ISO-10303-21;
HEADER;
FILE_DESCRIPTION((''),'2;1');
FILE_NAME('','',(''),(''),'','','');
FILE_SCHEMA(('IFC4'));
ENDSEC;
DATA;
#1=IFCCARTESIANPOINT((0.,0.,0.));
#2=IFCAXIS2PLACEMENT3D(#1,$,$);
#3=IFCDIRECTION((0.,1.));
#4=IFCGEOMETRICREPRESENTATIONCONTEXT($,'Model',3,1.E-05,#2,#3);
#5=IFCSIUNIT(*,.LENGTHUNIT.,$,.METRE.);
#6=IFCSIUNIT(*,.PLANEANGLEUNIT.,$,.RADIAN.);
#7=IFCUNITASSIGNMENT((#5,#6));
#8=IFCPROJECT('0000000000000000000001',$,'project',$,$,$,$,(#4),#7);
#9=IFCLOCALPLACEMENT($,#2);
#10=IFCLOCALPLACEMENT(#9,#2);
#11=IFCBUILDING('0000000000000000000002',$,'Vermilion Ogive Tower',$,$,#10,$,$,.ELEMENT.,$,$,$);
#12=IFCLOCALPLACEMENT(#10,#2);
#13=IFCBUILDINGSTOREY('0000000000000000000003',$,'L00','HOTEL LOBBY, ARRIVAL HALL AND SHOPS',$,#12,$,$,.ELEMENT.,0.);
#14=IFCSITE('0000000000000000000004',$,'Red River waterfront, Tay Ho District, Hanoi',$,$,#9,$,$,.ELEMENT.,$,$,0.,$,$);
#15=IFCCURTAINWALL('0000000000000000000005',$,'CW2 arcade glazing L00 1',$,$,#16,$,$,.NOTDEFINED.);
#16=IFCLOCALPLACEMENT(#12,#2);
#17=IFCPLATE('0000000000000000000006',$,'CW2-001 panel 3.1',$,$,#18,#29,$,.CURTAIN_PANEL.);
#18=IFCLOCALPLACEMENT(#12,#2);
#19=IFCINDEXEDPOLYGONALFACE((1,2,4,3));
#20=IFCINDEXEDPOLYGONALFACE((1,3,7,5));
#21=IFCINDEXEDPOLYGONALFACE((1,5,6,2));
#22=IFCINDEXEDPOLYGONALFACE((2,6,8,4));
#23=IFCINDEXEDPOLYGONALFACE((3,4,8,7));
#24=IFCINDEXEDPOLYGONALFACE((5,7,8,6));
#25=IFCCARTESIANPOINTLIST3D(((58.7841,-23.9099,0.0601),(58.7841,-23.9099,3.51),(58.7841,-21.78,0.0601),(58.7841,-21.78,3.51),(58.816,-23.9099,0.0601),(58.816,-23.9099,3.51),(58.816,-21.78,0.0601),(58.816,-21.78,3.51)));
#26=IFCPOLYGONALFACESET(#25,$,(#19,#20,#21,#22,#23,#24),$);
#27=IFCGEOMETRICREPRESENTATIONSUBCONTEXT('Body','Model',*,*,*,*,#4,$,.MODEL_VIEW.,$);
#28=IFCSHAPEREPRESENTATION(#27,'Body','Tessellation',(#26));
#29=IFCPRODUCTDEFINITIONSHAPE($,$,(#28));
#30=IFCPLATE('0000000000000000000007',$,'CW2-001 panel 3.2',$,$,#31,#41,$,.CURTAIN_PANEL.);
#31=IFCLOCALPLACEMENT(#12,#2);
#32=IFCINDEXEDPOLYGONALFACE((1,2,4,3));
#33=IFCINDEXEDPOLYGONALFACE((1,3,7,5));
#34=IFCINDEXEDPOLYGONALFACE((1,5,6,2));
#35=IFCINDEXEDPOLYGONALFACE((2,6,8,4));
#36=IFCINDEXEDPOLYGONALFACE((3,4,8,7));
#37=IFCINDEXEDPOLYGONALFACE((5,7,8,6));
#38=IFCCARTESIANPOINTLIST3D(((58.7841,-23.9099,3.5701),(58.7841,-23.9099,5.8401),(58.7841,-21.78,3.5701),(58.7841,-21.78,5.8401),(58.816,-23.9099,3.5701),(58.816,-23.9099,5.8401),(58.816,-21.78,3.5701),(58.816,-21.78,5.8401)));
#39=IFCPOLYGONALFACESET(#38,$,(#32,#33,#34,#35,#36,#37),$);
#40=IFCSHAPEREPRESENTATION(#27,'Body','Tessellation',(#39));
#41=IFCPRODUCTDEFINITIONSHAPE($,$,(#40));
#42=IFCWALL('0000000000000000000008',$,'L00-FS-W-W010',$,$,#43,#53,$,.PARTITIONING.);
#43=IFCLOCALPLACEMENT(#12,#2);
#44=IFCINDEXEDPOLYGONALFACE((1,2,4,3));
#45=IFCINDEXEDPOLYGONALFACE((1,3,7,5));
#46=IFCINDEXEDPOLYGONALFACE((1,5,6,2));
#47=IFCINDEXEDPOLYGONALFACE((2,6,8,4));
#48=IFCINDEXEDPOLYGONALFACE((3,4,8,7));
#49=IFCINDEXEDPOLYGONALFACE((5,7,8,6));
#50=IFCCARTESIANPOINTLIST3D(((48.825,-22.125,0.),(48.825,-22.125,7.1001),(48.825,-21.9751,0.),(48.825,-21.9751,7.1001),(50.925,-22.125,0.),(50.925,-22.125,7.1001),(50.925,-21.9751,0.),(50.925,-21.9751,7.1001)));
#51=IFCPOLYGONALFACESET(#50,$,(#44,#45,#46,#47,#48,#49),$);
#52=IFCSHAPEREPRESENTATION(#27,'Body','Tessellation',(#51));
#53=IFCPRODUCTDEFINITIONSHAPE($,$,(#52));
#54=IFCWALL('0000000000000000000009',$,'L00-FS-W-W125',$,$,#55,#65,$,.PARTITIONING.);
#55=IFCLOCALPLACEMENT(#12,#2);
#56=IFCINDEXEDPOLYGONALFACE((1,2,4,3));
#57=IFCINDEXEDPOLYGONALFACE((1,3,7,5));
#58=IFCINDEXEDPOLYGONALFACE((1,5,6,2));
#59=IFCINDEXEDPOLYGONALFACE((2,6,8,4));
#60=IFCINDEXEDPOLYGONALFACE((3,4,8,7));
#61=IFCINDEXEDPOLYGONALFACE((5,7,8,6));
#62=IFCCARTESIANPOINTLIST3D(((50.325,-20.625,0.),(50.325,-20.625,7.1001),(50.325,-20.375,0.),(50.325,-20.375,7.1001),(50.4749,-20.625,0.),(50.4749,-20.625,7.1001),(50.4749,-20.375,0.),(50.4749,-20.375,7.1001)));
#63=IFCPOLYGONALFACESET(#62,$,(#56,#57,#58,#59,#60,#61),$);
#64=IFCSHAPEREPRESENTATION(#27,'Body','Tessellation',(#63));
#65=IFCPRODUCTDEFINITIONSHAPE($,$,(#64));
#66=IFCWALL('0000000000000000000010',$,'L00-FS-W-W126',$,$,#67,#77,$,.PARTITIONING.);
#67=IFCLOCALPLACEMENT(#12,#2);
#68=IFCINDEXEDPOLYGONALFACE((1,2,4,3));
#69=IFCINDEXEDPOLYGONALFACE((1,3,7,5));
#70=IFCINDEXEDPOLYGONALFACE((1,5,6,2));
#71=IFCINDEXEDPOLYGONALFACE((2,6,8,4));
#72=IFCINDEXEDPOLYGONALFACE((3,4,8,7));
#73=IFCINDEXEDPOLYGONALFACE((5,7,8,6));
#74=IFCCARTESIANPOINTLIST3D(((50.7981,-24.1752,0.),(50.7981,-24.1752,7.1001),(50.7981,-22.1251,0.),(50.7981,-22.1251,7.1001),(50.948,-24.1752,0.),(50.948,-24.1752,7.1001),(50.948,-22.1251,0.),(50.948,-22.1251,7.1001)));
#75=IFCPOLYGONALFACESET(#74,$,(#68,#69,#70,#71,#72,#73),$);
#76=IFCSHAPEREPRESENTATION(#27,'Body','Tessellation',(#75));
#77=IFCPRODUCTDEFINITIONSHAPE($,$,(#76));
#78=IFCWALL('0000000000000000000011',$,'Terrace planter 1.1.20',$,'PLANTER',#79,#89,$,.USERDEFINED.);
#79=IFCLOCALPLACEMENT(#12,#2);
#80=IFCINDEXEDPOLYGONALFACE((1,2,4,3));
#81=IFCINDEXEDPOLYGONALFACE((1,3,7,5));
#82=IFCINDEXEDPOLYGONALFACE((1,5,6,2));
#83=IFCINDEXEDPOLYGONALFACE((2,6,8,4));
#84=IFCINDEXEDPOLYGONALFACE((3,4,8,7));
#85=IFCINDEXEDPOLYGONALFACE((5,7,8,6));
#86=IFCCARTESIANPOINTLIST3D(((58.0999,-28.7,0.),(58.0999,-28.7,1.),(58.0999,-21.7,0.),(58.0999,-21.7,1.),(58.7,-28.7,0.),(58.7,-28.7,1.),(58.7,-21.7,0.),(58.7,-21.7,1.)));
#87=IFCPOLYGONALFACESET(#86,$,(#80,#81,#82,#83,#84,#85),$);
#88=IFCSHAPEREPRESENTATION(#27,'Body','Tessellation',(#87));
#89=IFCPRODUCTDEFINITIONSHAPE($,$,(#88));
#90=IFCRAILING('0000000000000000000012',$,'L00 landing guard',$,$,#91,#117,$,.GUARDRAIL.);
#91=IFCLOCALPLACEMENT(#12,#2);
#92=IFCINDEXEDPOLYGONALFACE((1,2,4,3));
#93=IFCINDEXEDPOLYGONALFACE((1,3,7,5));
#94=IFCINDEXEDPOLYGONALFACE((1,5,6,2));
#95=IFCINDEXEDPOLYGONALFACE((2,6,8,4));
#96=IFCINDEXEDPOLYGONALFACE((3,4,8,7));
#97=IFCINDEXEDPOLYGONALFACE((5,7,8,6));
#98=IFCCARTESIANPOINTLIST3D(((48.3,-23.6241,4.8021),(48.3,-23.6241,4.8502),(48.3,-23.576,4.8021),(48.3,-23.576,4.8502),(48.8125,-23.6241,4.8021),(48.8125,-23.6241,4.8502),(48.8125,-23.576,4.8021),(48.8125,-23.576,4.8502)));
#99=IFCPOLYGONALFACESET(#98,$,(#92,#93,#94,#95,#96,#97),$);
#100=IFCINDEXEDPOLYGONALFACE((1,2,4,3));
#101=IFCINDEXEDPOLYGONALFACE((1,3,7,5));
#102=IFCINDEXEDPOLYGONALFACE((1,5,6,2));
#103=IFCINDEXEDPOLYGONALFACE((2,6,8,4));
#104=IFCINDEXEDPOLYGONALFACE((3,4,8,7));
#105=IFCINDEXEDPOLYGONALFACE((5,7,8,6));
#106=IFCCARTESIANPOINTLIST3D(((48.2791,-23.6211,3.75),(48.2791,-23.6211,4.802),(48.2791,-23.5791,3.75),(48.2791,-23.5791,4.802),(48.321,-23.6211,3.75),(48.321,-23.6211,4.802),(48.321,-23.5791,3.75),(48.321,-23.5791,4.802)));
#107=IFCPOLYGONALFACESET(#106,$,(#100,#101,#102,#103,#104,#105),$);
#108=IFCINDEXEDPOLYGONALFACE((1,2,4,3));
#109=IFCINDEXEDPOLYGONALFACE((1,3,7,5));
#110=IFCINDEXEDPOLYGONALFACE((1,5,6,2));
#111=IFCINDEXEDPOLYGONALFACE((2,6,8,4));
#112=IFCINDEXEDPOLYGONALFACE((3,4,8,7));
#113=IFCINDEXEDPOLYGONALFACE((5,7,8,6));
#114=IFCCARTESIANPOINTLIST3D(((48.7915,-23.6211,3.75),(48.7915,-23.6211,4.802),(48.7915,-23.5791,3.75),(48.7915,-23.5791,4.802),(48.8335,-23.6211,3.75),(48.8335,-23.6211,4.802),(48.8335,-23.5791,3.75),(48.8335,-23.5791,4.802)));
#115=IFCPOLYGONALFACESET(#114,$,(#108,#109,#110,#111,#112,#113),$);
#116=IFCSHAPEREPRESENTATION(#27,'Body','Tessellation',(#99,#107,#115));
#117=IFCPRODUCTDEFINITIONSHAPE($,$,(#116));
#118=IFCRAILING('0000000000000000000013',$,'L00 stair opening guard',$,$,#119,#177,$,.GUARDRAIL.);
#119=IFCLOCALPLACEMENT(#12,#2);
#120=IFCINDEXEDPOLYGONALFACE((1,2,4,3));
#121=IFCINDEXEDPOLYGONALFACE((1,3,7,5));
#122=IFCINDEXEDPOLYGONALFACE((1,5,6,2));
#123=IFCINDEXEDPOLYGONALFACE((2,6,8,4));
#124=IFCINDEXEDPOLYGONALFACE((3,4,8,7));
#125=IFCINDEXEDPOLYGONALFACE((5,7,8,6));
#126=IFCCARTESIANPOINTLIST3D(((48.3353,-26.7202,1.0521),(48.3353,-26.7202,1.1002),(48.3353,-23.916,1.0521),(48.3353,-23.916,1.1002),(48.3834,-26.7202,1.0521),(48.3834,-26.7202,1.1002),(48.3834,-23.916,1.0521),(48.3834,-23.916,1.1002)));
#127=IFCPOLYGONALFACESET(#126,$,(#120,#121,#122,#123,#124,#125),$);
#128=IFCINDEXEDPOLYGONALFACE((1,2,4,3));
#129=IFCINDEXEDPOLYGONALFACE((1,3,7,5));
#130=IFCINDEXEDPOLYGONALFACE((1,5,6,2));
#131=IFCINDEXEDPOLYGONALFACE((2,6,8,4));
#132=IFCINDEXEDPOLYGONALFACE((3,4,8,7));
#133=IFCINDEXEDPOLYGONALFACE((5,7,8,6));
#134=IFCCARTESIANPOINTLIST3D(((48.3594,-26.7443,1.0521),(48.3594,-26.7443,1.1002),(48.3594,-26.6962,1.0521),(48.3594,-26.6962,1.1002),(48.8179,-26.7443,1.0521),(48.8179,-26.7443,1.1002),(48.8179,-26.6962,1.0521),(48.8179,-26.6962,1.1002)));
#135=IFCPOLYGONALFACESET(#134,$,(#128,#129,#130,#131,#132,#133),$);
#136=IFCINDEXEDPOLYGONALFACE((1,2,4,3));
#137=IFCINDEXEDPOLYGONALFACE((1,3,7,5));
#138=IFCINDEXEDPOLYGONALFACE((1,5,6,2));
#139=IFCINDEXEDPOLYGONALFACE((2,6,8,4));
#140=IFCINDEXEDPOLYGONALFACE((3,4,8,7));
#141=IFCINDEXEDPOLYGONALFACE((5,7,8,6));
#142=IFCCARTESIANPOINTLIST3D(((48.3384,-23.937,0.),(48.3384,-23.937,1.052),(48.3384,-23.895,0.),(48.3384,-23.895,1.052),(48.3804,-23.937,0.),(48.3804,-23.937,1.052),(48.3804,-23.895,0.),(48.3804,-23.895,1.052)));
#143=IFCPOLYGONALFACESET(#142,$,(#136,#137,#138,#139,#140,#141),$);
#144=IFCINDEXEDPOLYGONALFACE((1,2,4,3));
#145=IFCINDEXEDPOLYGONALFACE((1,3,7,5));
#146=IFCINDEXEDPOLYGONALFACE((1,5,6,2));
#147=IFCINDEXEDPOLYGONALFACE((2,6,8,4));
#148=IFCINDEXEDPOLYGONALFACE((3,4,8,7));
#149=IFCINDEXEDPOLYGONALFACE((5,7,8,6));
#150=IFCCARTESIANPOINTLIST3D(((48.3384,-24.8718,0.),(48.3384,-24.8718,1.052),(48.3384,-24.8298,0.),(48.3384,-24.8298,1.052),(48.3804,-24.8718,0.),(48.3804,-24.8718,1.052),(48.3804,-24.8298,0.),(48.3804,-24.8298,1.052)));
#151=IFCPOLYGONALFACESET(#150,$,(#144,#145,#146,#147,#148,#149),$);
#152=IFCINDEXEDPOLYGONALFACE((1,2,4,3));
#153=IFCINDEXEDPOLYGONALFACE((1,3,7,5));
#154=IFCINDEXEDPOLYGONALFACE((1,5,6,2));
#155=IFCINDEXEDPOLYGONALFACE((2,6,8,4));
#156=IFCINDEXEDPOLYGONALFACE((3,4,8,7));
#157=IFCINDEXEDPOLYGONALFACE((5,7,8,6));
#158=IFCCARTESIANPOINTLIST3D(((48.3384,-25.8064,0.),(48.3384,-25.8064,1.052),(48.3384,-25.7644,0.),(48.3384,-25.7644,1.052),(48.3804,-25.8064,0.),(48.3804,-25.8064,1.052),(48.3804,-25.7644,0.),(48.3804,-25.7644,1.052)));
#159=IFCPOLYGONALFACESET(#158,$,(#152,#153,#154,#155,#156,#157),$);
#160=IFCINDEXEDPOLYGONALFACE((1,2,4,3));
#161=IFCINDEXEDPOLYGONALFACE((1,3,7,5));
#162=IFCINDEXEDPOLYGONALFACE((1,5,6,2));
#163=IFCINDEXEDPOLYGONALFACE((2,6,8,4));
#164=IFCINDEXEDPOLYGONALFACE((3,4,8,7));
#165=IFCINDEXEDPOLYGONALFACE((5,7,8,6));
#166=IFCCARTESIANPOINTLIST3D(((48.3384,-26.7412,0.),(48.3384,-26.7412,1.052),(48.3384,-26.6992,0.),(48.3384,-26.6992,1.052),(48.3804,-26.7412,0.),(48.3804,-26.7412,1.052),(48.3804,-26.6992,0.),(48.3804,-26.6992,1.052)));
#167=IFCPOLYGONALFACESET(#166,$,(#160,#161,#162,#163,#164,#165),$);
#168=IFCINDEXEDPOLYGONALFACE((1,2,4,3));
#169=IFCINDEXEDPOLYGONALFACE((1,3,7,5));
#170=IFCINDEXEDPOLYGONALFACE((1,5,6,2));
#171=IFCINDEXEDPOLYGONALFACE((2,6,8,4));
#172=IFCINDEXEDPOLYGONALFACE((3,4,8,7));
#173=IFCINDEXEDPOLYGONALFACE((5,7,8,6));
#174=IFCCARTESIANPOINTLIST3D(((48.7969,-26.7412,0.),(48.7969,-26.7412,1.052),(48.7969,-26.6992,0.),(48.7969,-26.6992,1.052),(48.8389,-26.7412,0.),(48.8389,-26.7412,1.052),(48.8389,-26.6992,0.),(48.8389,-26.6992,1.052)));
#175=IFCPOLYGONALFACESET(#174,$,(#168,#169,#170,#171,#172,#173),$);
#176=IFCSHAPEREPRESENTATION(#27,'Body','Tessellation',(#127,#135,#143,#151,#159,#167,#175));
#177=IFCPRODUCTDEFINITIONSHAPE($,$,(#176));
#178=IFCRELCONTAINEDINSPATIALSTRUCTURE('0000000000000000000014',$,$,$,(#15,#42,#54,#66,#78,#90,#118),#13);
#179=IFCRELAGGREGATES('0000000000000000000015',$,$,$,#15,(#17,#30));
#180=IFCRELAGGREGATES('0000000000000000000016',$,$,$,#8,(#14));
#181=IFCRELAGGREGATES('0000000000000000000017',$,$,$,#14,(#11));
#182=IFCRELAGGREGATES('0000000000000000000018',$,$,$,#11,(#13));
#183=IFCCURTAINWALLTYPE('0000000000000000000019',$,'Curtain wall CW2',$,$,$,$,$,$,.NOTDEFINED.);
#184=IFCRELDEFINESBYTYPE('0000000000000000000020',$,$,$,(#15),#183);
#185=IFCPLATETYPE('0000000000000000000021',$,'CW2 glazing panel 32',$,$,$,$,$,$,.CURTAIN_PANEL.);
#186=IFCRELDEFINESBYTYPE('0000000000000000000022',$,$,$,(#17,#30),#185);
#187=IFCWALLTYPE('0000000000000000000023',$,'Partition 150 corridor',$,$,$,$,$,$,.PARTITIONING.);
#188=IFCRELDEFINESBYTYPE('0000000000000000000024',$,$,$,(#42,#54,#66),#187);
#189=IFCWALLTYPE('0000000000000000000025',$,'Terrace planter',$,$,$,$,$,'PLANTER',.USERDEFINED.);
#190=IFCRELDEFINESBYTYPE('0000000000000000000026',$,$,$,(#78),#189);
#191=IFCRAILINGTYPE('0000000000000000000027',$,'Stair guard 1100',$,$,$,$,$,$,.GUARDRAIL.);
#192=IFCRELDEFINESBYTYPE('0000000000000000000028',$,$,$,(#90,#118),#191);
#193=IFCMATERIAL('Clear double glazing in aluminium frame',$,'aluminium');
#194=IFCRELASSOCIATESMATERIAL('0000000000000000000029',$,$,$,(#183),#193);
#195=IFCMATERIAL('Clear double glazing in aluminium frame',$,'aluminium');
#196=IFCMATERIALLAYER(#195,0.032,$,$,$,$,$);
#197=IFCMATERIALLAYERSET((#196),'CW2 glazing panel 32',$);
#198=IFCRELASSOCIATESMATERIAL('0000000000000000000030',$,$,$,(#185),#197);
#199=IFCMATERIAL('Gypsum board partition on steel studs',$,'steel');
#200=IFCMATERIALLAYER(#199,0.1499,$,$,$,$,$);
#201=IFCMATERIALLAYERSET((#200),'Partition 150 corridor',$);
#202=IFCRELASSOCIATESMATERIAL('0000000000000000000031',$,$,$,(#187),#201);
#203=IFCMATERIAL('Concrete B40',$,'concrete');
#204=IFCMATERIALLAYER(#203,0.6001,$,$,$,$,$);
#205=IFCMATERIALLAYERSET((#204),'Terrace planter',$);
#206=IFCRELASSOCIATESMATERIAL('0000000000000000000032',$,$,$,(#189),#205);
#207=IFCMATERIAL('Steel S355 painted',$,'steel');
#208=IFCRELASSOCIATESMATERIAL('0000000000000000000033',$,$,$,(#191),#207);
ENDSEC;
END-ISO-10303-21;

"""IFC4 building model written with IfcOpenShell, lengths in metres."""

from ifc_helpers import new_model, si_unit, direction, frame, frame_2d, origin, origin_2d, place, context, subcontext, project, spatial, rectangle, extrude, material, layer, layer_set, type_object, element, aggregate, save


model = new_model("IFC4")

# Units and contexts
model_context = context("Model", 3, precision=1e-05, world=origin(), true_north=direction((0.0, 1.0)))
body_context = subcontext(model_context, "Body", "Model", "MODEL_VIEW")
ifc_project = project(units=[si_unit("LENGTHUNIT", "METRE"), si_unit("PLANEANGLEUNIT", "RADIAN")], contexts=[model_context])

# Site, building, storey
site_placement = place(None, origin())
site = spatial("IfcSite", under=ifc_project, at=site_placement, Name="Red River waterfront, Tay Ho District, Hanoi", CompositionType="ELEMENT", RefElevation=0.0)
building_placement = place(site_placement, origin())
building = spatial("IfcBuilding", under=site, at=building_placement, Name="Vermilion Ogive Tower", CompositionType="ELEMENT")
storey_placement = place(building_placement, origin())
storey = spatial("IfcBuildingStorey", under=building, at=storey_placement, Name="L00", Description="HOTEL LOBBY, ARRIVAL HALL AND SHOPS", CompositionType="ELEMENT", Elevation=0.0)

# Curtain wall
ifc_material_1 = material(Name="Clear double glazing in aluminium frame", Category="aluminium")
curtain_wall_type = type_object("IfcCurtainWallType", Name="Curtain wall CW2", PredefinedType="NOTDEFINED", material=ifc_material_1)
curtain_wall_1_placement = place(storey_placement, origin())
curtain_wall_1 = element("IfcCurtainWall", 1, at=curtain_wall_1_placement, inside=storey, type_object=curtain_wall_type, Name="CW2 arcade glazing L00 1", PredefinedType="NOTDEFINED")

# Plates
ifc_material_2 = material(Name="Clear double glazing in aluminium frame", Category="aluminium")
ifc_layer_1 = layer(ifc_material_2, 0.032)
ifc_layer_set_1 = layer_set([ifc_layer_1], Name="CW2 glazing panel 32")
plate_type = type_object("IfcPlateType", Name="CW2 glazing panel 32", PredefinedType="CURTAIN_PANEL", material=ifc_layer_set_1)
plate_1_placement = place(storey_placement, frame((58.8, -22.845, 0.0601), z_axis=(0.0, 0.0, 1.0), x_axis=(0.0, 1.0, 0.0)))
plate_1 = element("IfcPlate", 2, at=plate_1_placement, type_object=plate_type, Name="CW2-001 panel 3.1", PredefinedType="CURTAIN_PANEL", context=body_context, shape_type="SweptSolid", body=[
    extrude(rectangle(XDim=2.1299, YDim=0.032, at=origin_2d()), origin(), (0.0, 0.0, 1.0), 3.45),
])
plate_2_placement = place(storey_placement, frame((58.8, -22.845, 3.5701), z_axis=(0.0, 0.0, 1.0), x_axis=(0.0, 1.0, 0.0)))
plate_2 = element("IfcPlate", 3, at=plate_2_placement, type_object=plate_type, Name="CW2-001 panel 3.2", PredefinedType="CURTAIN_PANEL", context=body_context, shape_type="SweptSolid", body=[
    extrude(rectangle(XDim=2.1299, YDim=0.032, at=origin_2d()), origin(), (0.0, 0.0, 1.0), 2.27),
])
aggregate(curtain_wall_1, [plate_1, plate_2])

# Walls
ifc_material_3 = material(Name="Gypsum board partition on steel studs", Category="steel")
ifc_layer_2 = layer(ifc_material_3, 0.1499)
ifc_layer_set_2 = layer_set([ifc_layer_2], Name="Partition 150 corridor")
wall_type_1 = type_object("IfcWallType", Name="Partition 150 corridor", PredefinedType="PARTITIONING", material=ifc_layer_set_2)
wall_1_placement = place(storey_placement, frame((48.825, -22.05, 0.0), z_axis=(0.0, 0.0, 1.0), x_axis=(1.0, 0.0, 0.0)))
element("IfcWall", 4, at=wall_1_placement, inside=storey, type_object=wall_type_1, Name="L00-FS-W-W010", PredefinedType="PARTITIONING", context=body_context, shape_type="SweptSolid", body=[
    extrude(rectangle(XDim=2.1001, YDim=0.1499, at=frame_2d((1.05, 0.0))), origin(), (0.0, 0.0, 1.0), 7.1001),
])
wall_2_placement = place(storey_placement, frame((50.3999, -20.625, 0.0), z_axis=(0.0, 0.0, 1.0), x_axis=(0.0, 1.0, 0.0)))
element("IfcWall", 5, at=wall_2_placement, inside=storey, type_object=wall_type_1, Name="L00-FS-W-W125", PredefinedType="PARTITIONING", context=body_context, shape_type="SweptSolid", body=[
    extrude(rectangle(XDim=0.25, YDim=0.1499, at=frame_2d((0.125, 0.0))), origin(), (0.0, 0.0, 1.0), 7.1001),
])
wall_3_placement = place(storey_placement, frame((50.873, -24.175, 0.0), z_axis=(0.0, 0.0, 1.0), x_axis=(0.0, 1.0, 0.0)))
element("IfcWall", 6, at=wall_3_placement, inside=storey, type_object=wall_type_1, Name="L00-FS-W-W126", PredefinedType="PARTITIONING", context=body_context, shape_type="SweptSolid", body=[
    extrude(rectangle(XDim=2.05, YDim=0.1499, at=frame_2d((1.0249, 0.0))), origin(), (0.0, 0.0, 1.0), 7.1001),
])
ifc_material_4 = material(Name="Concrete B40", Category="concrete")
ifc_layer_3 = layer(ifc_material_4, 0.6001)
ifc_layer_set_3 = layer_set([ifc_layer_3], Name="Terrace planter")
wall_type_2 = type_object("IfcWallType", Name="Terrace planter", ElementType="PLANTER", PredefinedType="USERDEFINED", material=ifc_layer_set_3)
wall_4_placement = place(storey_placement, frame((58.3999, -21.7, 0.0), z_axis=(0.0, 0.0, 1.0), x_axis=(0.0, -1.0, 0.0)))
element("IfcWall", 7, at=wall_4_placement, inside=storey, type_object=wall_type_2, Name="Terrace planter 1.1.20", ObjectType="PLANTER", PredefinedType="USERDEFINED", context=body_context, shape_type="SweptSolid", body=[
    extrude(rectangle(XDim=7.0, YDim=0.6001, at=frame_2d((3.5, 0.0))), origin(), (0.0, 0.0, 1.0), 1.0),
])

# Railings
ifc_material_5 = material(Name="Steel S355 painted", Category="steel")
railing_type = type_object("IfcRailingType", Name="Stair guard 1100", PredefinedType="GUARDRAIL", material=ifc_material_5)
railing_1_placement = place(storey_placement, frame((48.3, -23.6001, 3.75)))
element("IfcRailing", 8, at=railing_1_placement, inside=storey, type_object=railing_type, Name="L00 landing guard", PredefinedType="GUARDRAIL", context=body_context, shape_type="SweptSolid", body=[
    extrude(rectangle(XDim=0.0481, YDim=0.0481, at=origin_2d()), frame((0.0, 0.0, 1.0762), z_axis=(1.0, 0.0, 0.0), x_axis=(0.0, 1.0, 0.0)), (0.0, 0.0, 1.0), 0.5125),
    extrude(rectangle(XDim=0.042, YDim=0.042, at=origin_2d()), origin(), (0.0, 0.0, 1.0), 1.052),
    extrude(rectangle(XDim=0.042, YDim=0.042, at=origin_2d()), frame((0.5125, 0.0, 0.0)), (0.0, 0.0, 1.0), 1.052),
])
railing_2_placement = place(storey_placement, frame((48.3594, -23.916, 0.0)))
element("IfcRailing", 9, at=railing_2_placement, inside=storey, type_object=railing_type, Name="L00 stair opening guard", PredefinedType="GUARDRAIL", context=body_context, shape_type="SweptSolid", body=[
    extrude(rectangle(XDim=0.0481, YDim=0.0481, at=origin_2d()), frame((0.0, 0.0, 1.0762), z_axis=(0.0, -1.0, 0.0), x_axis=(1.0, 0.0, 0.0)), (0.0, 0.0, 1.0), 2.8042),
    extrude(rectangle(XDim=0.0481, YDim=0.0481, at=origin_2d()), frame((0.0, -2.8042, 1.0762), z_axis=(1.0, 0.0, 0.0), x_axis=(0.0, 1.0, 0.0)), (0.0, 0.0, 1.0), 0.4585),
    extrude(rectangle(XDim=0.042, YDim=0.042, at=origin_2d()), origin(), (0.0, 0.0, 1.0), 1.052),
    extrude(rectangle(XDim=0.042, YDim=0.042, at=origin_2d()), frame((0.0, -0.9348, 0.0)), (0.0, 0.0, 1.0), 1.052),
    extrude(rectangle(XDim=0.042, YDim=0.042, at=origin_2d()), frame((0.0, -1.8694, 0.0)), (0.0, 0.0, 1.0), 1.052),
    extrude(rectangle(XDim=0.042, YDim=0.042, at=origin_2d()), frame((0.0, -2.8042, 0.0)), (0.0, 0.0, 1.0), 1.052),
    extrude(rectangle(XDim=0.042, YDim=0.042, at=origin_2d()), frame((0.4585, -2.8042, 0.0)), (0.0, 0.0, 1.0), 1.052),
])

save(model, "model.ifc")
